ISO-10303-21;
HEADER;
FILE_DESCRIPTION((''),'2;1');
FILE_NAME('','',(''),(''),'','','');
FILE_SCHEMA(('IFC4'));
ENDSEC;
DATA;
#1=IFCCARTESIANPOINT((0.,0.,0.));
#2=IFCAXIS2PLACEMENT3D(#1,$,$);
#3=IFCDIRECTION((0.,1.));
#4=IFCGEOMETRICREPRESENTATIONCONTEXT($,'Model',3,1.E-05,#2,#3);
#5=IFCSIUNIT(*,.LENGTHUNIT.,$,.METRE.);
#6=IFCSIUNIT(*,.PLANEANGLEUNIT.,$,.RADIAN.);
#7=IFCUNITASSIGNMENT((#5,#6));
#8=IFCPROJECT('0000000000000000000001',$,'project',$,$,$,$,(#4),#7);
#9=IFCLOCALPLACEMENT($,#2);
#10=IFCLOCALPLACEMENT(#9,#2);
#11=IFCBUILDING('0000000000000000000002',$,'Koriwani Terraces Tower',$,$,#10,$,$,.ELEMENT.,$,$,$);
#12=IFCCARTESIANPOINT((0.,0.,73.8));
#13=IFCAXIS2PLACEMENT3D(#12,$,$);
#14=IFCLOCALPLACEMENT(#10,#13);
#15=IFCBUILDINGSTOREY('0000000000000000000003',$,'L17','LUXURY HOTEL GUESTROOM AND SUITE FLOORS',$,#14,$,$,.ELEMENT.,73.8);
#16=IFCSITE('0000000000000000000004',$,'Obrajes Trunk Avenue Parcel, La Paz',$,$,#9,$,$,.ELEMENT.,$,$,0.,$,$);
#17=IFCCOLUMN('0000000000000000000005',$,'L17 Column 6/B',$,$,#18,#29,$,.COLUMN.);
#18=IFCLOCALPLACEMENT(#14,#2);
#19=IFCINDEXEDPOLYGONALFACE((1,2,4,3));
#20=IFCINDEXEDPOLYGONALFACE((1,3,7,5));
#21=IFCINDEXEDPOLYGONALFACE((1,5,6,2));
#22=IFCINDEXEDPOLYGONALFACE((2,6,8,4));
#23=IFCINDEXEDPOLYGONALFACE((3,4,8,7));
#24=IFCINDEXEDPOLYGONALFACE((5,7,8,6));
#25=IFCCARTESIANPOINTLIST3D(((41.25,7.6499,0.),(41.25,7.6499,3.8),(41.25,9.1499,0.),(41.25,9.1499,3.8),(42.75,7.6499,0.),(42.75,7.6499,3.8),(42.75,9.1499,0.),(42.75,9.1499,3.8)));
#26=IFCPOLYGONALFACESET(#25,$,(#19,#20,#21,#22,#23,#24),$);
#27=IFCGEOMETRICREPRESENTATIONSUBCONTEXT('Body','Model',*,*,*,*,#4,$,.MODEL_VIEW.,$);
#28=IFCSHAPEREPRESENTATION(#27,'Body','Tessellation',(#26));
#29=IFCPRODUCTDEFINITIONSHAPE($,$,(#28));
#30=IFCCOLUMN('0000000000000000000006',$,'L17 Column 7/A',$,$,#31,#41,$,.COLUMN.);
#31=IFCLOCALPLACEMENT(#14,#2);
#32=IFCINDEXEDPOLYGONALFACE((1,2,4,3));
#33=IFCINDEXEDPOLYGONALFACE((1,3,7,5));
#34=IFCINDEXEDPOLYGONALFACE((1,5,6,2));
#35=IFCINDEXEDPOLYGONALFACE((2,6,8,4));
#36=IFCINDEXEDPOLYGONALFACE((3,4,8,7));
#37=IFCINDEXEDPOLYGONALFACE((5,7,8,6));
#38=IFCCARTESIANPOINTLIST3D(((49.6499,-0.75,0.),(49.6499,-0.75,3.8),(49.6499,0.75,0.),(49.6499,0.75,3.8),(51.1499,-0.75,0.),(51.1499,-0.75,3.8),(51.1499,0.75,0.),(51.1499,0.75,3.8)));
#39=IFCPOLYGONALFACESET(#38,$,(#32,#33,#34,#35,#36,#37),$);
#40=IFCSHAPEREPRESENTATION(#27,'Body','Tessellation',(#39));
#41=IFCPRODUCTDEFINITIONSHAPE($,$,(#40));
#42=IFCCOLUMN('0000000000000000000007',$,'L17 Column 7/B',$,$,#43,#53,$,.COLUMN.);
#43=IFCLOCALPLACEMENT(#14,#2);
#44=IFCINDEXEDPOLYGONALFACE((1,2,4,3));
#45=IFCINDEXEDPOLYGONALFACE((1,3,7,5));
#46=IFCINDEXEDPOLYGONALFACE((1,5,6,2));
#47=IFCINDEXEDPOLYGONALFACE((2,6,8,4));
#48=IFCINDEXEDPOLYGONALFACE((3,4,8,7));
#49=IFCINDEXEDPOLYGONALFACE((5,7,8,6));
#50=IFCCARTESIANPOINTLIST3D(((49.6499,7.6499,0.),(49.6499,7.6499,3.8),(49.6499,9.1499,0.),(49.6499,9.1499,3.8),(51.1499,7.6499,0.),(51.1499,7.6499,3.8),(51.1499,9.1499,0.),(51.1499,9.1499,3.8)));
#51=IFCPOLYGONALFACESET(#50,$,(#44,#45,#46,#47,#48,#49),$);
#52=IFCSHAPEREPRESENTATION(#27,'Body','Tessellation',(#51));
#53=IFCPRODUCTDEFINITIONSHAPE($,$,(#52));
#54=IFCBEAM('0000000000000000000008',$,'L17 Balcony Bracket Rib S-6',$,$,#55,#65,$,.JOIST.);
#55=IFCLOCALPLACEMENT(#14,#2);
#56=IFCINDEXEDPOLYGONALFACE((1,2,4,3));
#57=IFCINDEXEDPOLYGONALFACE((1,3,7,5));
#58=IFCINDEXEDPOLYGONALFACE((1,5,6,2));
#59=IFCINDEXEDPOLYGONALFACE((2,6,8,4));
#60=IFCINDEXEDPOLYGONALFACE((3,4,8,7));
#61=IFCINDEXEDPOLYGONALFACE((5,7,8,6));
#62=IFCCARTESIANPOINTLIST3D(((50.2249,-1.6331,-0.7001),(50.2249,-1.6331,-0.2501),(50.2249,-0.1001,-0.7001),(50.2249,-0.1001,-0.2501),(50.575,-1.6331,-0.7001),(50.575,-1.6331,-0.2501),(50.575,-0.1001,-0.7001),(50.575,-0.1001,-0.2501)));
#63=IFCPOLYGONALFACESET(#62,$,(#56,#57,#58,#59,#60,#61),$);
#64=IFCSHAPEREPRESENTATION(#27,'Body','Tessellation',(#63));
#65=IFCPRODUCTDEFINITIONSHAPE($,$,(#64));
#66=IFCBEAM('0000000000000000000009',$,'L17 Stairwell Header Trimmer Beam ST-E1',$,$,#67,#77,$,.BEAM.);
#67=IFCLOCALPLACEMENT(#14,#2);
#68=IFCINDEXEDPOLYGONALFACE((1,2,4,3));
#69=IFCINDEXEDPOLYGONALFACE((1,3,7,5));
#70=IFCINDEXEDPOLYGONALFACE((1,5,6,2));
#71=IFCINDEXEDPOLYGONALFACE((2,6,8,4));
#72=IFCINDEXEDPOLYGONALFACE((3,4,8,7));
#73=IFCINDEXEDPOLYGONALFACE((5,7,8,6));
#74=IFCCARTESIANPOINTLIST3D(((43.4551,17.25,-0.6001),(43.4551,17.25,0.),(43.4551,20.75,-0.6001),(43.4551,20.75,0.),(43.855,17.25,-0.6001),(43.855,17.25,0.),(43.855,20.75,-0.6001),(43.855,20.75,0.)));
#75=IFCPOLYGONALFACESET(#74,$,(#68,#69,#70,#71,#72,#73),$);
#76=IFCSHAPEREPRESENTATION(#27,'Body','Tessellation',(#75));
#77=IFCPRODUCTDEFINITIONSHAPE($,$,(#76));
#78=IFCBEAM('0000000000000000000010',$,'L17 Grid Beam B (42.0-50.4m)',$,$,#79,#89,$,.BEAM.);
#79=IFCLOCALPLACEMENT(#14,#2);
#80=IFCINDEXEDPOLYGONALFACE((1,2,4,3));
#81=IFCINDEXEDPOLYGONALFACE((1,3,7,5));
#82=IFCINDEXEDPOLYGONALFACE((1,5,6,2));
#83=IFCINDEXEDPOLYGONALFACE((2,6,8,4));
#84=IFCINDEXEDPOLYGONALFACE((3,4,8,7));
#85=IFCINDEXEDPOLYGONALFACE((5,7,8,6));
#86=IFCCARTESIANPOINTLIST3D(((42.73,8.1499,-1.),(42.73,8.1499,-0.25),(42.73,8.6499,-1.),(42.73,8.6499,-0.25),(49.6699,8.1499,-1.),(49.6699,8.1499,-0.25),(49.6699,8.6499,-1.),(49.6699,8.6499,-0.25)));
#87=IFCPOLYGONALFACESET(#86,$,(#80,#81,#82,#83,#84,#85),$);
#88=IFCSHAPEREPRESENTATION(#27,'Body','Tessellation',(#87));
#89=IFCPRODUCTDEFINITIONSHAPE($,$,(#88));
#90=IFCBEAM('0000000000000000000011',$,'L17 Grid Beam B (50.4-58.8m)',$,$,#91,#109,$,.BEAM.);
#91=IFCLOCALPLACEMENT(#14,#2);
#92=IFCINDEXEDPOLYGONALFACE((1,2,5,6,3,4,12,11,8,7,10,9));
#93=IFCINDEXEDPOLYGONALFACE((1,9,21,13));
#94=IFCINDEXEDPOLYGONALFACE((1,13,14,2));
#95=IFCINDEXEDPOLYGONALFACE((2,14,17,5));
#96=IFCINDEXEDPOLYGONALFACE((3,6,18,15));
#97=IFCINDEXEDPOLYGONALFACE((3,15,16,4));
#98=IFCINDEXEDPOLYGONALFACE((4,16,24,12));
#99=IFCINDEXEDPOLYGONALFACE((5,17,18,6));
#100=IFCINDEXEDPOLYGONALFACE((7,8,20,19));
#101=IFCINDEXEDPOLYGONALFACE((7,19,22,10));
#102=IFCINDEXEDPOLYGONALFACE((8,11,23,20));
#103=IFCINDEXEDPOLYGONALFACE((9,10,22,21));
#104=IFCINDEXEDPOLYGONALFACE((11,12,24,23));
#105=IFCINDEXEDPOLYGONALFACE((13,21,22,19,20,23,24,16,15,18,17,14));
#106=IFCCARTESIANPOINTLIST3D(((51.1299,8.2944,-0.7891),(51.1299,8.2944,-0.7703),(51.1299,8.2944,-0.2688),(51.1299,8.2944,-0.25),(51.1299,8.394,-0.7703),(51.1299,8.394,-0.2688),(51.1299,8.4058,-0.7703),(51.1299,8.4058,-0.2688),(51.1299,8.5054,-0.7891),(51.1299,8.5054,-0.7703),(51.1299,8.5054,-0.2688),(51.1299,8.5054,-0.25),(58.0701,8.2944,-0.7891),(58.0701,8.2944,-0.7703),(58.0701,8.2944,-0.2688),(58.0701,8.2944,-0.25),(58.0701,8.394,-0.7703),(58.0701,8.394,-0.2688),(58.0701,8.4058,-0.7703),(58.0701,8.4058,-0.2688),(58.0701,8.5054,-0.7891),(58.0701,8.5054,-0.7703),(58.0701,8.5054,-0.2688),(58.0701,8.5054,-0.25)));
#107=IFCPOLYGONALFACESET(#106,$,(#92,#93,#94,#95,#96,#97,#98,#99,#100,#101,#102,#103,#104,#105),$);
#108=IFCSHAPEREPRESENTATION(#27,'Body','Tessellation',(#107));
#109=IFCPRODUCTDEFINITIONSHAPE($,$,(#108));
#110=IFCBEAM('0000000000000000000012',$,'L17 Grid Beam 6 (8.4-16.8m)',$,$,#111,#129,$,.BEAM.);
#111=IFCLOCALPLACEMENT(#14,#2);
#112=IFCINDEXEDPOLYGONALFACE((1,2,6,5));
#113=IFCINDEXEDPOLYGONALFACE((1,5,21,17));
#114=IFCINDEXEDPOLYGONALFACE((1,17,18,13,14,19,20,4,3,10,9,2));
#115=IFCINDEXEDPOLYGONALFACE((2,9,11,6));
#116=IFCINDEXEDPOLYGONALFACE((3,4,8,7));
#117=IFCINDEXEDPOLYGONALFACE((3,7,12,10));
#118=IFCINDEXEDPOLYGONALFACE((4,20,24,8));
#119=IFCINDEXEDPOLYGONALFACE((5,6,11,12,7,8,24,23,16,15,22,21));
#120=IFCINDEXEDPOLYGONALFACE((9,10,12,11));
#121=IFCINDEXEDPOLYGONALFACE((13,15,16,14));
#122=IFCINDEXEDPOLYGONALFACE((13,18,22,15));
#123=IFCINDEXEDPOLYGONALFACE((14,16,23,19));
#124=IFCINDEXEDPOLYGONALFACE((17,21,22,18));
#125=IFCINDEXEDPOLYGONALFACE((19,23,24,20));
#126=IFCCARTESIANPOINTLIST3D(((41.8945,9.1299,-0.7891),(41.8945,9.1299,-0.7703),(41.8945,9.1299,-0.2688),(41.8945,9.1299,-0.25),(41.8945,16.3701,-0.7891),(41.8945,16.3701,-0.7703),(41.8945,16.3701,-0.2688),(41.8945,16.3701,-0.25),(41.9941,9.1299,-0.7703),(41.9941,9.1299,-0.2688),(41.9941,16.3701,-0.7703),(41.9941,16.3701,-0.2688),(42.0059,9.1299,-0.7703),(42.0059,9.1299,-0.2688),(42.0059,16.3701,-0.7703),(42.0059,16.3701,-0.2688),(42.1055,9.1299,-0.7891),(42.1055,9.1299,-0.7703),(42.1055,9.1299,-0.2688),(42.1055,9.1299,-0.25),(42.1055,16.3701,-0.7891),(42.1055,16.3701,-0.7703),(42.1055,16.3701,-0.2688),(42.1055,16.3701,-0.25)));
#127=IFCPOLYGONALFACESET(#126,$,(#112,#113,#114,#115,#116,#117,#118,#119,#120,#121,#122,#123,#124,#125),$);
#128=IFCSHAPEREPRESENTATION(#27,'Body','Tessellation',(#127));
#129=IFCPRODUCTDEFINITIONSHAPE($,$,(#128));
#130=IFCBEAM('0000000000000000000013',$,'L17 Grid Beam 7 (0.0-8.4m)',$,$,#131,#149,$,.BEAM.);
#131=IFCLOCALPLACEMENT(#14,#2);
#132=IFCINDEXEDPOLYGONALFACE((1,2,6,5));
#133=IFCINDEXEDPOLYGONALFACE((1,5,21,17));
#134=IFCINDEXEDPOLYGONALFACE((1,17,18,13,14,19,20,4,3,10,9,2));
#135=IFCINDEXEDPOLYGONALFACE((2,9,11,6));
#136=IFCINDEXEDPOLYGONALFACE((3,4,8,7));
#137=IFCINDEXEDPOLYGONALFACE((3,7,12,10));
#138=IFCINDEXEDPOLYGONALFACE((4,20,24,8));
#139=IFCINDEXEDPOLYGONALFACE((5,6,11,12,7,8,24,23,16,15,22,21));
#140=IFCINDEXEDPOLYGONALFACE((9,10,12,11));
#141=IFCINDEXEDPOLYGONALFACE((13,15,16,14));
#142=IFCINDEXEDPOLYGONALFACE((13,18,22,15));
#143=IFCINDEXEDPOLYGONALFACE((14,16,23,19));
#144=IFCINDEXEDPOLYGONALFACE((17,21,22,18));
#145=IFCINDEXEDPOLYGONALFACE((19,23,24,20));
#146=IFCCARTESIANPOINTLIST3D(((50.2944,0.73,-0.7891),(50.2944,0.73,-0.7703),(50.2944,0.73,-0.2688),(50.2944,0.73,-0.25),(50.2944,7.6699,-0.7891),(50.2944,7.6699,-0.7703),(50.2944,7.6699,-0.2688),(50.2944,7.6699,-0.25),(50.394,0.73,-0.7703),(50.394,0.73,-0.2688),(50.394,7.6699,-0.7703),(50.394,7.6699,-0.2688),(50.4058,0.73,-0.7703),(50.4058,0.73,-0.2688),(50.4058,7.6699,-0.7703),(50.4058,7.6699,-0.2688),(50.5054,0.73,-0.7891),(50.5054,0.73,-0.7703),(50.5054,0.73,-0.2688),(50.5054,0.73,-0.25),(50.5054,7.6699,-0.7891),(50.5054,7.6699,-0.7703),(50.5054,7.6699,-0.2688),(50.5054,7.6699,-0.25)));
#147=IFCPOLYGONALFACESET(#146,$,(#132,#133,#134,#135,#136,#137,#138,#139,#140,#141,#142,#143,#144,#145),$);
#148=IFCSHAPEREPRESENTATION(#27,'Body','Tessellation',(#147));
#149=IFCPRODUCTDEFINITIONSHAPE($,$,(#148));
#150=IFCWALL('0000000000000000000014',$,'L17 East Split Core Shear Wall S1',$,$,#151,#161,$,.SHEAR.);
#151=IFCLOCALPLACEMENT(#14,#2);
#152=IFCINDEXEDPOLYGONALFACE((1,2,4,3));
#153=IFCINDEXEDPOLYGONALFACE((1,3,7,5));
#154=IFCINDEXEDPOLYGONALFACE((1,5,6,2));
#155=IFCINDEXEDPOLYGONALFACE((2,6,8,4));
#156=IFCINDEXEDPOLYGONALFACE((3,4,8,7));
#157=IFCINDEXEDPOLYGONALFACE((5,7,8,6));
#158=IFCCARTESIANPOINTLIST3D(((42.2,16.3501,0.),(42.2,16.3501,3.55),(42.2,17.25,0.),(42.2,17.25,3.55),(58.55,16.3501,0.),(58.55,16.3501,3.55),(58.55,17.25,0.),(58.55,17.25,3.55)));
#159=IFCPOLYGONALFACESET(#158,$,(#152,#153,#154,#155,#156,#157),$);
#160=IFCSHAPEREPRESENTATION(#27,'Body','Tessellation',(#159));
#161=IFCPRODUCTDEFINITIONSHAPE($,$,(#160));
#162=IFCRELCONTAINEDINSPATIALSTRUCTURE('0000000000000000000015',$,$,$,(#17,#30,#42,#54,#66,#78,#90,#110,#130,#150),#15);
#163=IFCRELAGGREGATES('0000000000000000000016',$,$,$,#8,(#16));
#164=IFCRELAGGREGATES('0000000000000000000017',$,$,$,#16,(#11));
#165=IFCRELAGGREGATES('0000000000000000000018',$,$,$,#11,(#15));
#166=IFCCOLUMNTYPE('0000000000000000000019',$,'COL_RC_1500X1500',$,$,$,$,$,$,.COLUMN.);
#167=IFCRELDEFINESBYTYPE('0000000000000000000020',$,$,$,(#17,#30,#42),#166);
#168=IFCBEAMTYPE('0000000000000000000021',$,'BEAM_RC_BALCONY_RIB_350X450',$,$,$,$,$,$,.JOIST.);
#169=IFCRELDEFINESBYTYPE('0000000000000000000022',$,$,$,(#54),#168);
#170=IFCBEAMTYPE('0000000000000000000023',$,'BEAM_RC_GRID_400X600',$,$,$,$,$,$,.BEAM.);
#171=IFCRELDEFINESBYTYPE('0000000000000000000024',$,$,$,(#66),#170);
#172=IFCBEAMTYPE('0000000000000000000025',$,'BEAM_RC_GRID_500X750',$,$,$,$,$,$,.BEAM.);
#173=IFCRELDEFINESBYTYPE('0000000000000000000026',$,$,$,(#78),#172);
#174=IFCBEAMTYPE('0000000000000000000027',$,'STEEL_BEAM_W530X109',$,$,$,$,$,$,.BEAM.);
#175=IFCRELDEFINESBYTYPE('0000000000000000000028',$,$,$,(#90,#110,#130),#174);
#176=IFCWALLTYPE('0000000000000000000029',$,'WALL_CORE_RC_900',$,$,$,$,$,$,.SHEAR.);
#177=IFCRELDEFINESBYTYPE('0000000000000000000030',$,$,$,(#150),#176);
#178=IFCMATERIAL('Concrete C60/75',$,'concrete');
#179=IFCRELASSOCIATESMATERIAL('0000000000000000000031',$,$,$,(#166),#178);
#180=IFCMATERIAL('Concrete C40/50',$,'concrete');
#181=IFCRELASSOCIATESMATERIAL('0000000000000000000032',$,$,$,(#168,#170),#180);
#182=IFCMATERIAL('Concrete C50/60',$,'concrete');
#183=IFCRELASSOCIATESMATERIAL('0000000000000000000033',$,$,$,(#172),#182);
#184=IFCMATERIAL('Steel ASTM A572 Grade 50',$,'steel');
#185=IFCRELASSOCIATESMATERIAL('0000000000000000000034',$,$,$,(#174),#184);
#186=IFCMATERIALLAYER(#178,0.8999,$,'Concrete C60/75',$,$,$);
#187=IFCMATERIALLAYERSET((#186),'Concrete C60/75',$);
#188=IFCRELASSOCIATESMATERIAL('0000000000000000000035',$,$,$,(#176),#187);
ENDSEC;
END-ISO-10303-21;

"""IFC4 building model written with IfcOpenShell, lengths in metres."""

from ifc_helpers import new_model, si_unit, direction, frame, frame_2d, origin, origin_2d, place, context, subcontext, project, spatial, rectangle, i_section, extrude, material, layer, layer_set, material_profile, profile_set, type_object, element, save


model = new_model("IFC4")

# Units and contexts
model_context = context("Model", 3, precision=1e-05, world=origin(), true_north=direction((0.0, 1.0)))
body_context = subcontext(model_context, "Body", "Model", "MODEL_VIEW")
ifc_project = project(units=[si_unit("LENGTHUNIT", "METRE"), si_unit("PLANEANGLEUNIT", "RADIAN")], contexts=[model_context])

# Site, building, storey
site_placement = place(None, origin())
site = spatial("IfcSite", under=ifc_project, at=site_placement, Name="Obrajes Trunk Avenue Parcel, La Paz", CompositionType="ELEMENT", RefElevation=0.0)
building_placement = place(site_placement, origin())
building = spatial("IfcBuilding", under=site, at=building_placement, Name="Koriwani Terraces Tower", CompositionType="ELEMENT")
storey_placement = place(building_placement, frame((0.0, 0.0, 73.8)))
storey = spatial("IfcBuildingStorey", under=building, at=storey_placement, Name="L17", Description="LUXURY HOTEL GUESTROOM AND SUITE FLOORS", CompositionType="ELEMENT", Elevation=73.8)

# Columns
ifc_material_1 = material(Name="Concrete C60/75", Category="concrete")
ifc_material_profile_1 = material_profile(ifc_material_1, rectangle(XDim=1.5, YDim=1.5, at=origin_2d()), Name="Concrete C60/75", Category="LoadBearing")
ifc_profile_set_1 = profile_set([ifc_material_profile_1], Name="Concrete C60/75")
column_type = type_object("IfcColumnType", Name="COL_RC_1500X1500", PredefinedType="COLUMN", material=ifc_profile_set_1)
for number, where, z_axis, x_axis, name in (
    (1, (42.0, 8.3999, 0.0), (0.0, 0.0, 1.0), (1.0, 0.0, 0.0), "L17 Column 6/B"),
    (2, (50.3999, 0.0, 0.0), (0.0, 0.0, 1.0), (1.0, 0.0, 0.0), "L17 Column 7/A"),
    (3, (50.3999, 8.3999, 0.0), (0.0, 0.0, 1.0), (1.0, 0.0, 0.0), "L17 Column 7/B"),
):
    element("IfcColumn", number, at=place(storey_placement, frame(where, z_axis=z_axis, x_axis=x_axis)), inside=storey, type_object=column_type, Name=name, PredefinedType="COLUMN", context=body_context, shape_type="SweptSolid", body=[
        extrude(rectangle(XDim=1.5, YDim=1.5, at=origin_2d()), origin(), (0.0, 0.0, 1.0), 3.8),
    ])

# Beams
ifc_material_2 = material(Name="Concrete C40/50", Category="concrete")
ifc_material_profile_2 = material_profile(ifc_material_2, rectangle(XDim=0.3501, YDim=0.45, at=origin_2d()), Name="Concrete C40/50", Category="LoadBearing")
ifc_profile_set_2 = profile_set([ifc_material_profile_2], Name="Concrete C40/50")
beam_type_1 = type_object("IfcBeamType", Name="BEAM_RC_BALCONY_RIB_350X450", PredefinedType="JOIST", material=ifc_profile_set_2)
beam_1_placement = place(storey_placement, frame((50.3999, -1.6331, -0.4751), z_axis=(0.0, 1.0, 0.0), x_axis=(-1.0, 0.0, 0.0)))
element("IfcBeam", 4, at=beam_1_placement, inside=storey, type_object=beam_type_1, Name="L17 Balcony Bracket Rib S-6", PredefinedType="JOIST", context=body_context, shape_type="SweptSolid", body=[
    extrude(rectangle(XDim=0.3501, YDim=0.45, at=origin_2d()), origin(), (0.0, 0.0, 1.0), 1.533),
])
ifc_material_profile_3 = material_profile(ifc_material_2, rectangle(XDim=0.3999, YDim=0.6001, at=origin_2d()), Name="Concrete C40/50", Category="LoadBearing")
ifc_profile_set_3 = profile_set([ifc_material_profile_3], Name="Concrete C40/50")
beam_type_2 = type_object("IfcBeamType", Name="BEAM_RC_GRID_400X600", PredefinedType="BEAM", material=ifc_profile_set_3)
beam_2_placement = place(storey_placement, frame((43.655, 17.25, -0.3), z_axis=(0.0, 1.0, 0.0), x_axis=(-1.0, 0.0, 0.0)))
element("IfcBeam", 5, at=beam_2_placement, inside=storey, type_object=beam_type_2, Name="L17 Stairwell Header Trimmer Beam ST-E1", PredefinedType="BEAM", context=body_context, shape_type="SweptSolid", body=[
    extrude(rectangle(XDim=0.3999, YDim=0.6001, at=origin_2d()), origin(), (0.0, 0.0, 1.0), 3.5),
])
ifc_material_3 = material(Name="Concrete C50/60", Category="concrete")
ifc_material_profile_4 = material_profile(ifc_material_3, rectangle(XDim=0.5, YDim=0.75, at=origin_2d()), Name="Concrete C50/60", Category="LoadBearing")
ifc_profile_set_4 = profile_set([ifc_material_profile_4], Name="Concrete C50/60")
beam_type_3 = type_object("IfcBeamType", Name="BEAM_RC_GRID_500X750", PredefinedType="BEAM", material=ifc_profile_set_4)
beam_3_placement = place(storey_placement, frame((42.73, 8.3999, -0.625), z_axis=(1.0, 0.0, 0.0), x_axis=(0.0, 1.0, 0.0)))
element("IfcBeam", 6, at=beam_3_placement, inside=storey, type_object=beam_type_3, Name="L17 Grid Beam B (42.0-50.4m)", PredefinedType="BEAM", context=body_context, shape_type="SweptSolid", body=[
    extrude(rectangle(XDim=0.5, YDim=0.75, at=origin_2d()), origin(), (0.0, 0.0, 1.0), 6.9399),
])
ifc_material_4 = material(Name="Steel ASTM A572 Grade 50", Category="steel")
ifc_material_profile_5 = material_profile(ifc_material_4, i_section(OverallWidth=0.2109, OverallDepth=0.5391, WebThickness=0.0117, FlangeThickness=0.0188, at=origin_2d()), Name="Steel ASTM A572 Grade 50", Category="LoadBearing")
ifc_profile_set_5 = profile_set([ifc_material_profile_5], Name="Steel ASTM A572 Grade 50")
beam_type_4 = type_object("IfcBeamType", Name="STEEL_BEAM_W530X109", PredefinedType="BEAM", material=ifc_profile_set_5)
beam_4_placement = place(storey_placement, frame((51.1299, 8.3999, -0.5195), z_axis=(1.0, 0.0, 0.0), x_axis=(0.0, 1.0, 0.0)))
element("IfcBeam", 7, at=beam_4_placement, inside=storey, type_object=beam_type_4, Name="L17 Grid Beam B (50.4-58.8m)", PredefinedType="BEAM", context=body_context, shape_type="SweptSolid", body=[
    extrude(i_section(OverallWidth=0.2109, OverallDepth=0.5391, WebThickness=0.0117, FlangeThickness=0.0188, at=origin_2d()), origin(), (0.0, 0.0, 1.0), 6.9402),
])
beam_5_placement = place(storey_placement, frame((42.0, 9.1299, -0.5195), z_axis=(0.0, 1.0, 0.0), x_axis=(-1.0, 0.0, 0.0)))
element("IfcBeam", 8, at=beam_5_placement, inside=storey, type_object=beam_type_4, Name="L17 Grid Beam 6 (8.4-16.8m)", PredefinedType="BEAM", context=body_context, shape_type="SweptSolid", body=[
    extrude(i_section(OverallWidth=0.2109, OverallDepth=0.5391, WebThickness=0.0117, FlangeThickness=0.0188, at=origin_2d()), origin(), (0.0, 0.0, 1.0), 7.2402),
])
beam_6_placement = place(storey_placement, frame((50.3999, 0.73, -0.5195), z_axis=(0.0, 1.0, 0.0), x_axis=(-1.0, 0.0, 0.0)))
element("IfcBeam", 9, at=beam_6_placement, inside=storey, type_object=beam_type_4, Name="L17 Grid Beam 7 (0.0-8.4m)", PredefinedType="BEAM", context=body_context, shape_type="SweptSolid", body=[
    extrude(i_section(OverallWidth=0.2109, OverallDepth=0.5391, WebThickness=0.0117, FlangeThickness=0.0188, at=origin_2d()), origin(), (0.0, 0.0, 1.0), 6.9399),
])

# Wall
ifc_layer_1 = layer(ifc_material_1, 0.8999, Name="Concrete C60/75")
ifc_layer_set_1 = layer_set([ifc_layer_1], Name="Concrete C60/75")
wall_type_1 = type_object("IfcWallType", Name="WALL_CORE_RC_900", PredefinedType="SHEAR", material=ifc_layer_set_1)
wall_1_placement = place(storey_placement, frame((42.2, 16.8, 0.0), z_axis=(0.0, 0.0, 1.0), x_axis=(1.0, 0.0, 0.0)))
element("IfcWall", 10, at=wall_1_placement, inside=storey, type_object=wall_type_1, Name="L17 East Split Core Shear Wall S1", PredefinedType="SHEAR", context=body_context, shape_type="SweptSolid", body=[
    extrude(rectangle(XDim=16.3501, YDim=0.8999, at=frame_2d((8.175, 0.0))), origin(), (0.0, 0.0, 1.0), 3.55),
])

save(model, "model.ifc")
